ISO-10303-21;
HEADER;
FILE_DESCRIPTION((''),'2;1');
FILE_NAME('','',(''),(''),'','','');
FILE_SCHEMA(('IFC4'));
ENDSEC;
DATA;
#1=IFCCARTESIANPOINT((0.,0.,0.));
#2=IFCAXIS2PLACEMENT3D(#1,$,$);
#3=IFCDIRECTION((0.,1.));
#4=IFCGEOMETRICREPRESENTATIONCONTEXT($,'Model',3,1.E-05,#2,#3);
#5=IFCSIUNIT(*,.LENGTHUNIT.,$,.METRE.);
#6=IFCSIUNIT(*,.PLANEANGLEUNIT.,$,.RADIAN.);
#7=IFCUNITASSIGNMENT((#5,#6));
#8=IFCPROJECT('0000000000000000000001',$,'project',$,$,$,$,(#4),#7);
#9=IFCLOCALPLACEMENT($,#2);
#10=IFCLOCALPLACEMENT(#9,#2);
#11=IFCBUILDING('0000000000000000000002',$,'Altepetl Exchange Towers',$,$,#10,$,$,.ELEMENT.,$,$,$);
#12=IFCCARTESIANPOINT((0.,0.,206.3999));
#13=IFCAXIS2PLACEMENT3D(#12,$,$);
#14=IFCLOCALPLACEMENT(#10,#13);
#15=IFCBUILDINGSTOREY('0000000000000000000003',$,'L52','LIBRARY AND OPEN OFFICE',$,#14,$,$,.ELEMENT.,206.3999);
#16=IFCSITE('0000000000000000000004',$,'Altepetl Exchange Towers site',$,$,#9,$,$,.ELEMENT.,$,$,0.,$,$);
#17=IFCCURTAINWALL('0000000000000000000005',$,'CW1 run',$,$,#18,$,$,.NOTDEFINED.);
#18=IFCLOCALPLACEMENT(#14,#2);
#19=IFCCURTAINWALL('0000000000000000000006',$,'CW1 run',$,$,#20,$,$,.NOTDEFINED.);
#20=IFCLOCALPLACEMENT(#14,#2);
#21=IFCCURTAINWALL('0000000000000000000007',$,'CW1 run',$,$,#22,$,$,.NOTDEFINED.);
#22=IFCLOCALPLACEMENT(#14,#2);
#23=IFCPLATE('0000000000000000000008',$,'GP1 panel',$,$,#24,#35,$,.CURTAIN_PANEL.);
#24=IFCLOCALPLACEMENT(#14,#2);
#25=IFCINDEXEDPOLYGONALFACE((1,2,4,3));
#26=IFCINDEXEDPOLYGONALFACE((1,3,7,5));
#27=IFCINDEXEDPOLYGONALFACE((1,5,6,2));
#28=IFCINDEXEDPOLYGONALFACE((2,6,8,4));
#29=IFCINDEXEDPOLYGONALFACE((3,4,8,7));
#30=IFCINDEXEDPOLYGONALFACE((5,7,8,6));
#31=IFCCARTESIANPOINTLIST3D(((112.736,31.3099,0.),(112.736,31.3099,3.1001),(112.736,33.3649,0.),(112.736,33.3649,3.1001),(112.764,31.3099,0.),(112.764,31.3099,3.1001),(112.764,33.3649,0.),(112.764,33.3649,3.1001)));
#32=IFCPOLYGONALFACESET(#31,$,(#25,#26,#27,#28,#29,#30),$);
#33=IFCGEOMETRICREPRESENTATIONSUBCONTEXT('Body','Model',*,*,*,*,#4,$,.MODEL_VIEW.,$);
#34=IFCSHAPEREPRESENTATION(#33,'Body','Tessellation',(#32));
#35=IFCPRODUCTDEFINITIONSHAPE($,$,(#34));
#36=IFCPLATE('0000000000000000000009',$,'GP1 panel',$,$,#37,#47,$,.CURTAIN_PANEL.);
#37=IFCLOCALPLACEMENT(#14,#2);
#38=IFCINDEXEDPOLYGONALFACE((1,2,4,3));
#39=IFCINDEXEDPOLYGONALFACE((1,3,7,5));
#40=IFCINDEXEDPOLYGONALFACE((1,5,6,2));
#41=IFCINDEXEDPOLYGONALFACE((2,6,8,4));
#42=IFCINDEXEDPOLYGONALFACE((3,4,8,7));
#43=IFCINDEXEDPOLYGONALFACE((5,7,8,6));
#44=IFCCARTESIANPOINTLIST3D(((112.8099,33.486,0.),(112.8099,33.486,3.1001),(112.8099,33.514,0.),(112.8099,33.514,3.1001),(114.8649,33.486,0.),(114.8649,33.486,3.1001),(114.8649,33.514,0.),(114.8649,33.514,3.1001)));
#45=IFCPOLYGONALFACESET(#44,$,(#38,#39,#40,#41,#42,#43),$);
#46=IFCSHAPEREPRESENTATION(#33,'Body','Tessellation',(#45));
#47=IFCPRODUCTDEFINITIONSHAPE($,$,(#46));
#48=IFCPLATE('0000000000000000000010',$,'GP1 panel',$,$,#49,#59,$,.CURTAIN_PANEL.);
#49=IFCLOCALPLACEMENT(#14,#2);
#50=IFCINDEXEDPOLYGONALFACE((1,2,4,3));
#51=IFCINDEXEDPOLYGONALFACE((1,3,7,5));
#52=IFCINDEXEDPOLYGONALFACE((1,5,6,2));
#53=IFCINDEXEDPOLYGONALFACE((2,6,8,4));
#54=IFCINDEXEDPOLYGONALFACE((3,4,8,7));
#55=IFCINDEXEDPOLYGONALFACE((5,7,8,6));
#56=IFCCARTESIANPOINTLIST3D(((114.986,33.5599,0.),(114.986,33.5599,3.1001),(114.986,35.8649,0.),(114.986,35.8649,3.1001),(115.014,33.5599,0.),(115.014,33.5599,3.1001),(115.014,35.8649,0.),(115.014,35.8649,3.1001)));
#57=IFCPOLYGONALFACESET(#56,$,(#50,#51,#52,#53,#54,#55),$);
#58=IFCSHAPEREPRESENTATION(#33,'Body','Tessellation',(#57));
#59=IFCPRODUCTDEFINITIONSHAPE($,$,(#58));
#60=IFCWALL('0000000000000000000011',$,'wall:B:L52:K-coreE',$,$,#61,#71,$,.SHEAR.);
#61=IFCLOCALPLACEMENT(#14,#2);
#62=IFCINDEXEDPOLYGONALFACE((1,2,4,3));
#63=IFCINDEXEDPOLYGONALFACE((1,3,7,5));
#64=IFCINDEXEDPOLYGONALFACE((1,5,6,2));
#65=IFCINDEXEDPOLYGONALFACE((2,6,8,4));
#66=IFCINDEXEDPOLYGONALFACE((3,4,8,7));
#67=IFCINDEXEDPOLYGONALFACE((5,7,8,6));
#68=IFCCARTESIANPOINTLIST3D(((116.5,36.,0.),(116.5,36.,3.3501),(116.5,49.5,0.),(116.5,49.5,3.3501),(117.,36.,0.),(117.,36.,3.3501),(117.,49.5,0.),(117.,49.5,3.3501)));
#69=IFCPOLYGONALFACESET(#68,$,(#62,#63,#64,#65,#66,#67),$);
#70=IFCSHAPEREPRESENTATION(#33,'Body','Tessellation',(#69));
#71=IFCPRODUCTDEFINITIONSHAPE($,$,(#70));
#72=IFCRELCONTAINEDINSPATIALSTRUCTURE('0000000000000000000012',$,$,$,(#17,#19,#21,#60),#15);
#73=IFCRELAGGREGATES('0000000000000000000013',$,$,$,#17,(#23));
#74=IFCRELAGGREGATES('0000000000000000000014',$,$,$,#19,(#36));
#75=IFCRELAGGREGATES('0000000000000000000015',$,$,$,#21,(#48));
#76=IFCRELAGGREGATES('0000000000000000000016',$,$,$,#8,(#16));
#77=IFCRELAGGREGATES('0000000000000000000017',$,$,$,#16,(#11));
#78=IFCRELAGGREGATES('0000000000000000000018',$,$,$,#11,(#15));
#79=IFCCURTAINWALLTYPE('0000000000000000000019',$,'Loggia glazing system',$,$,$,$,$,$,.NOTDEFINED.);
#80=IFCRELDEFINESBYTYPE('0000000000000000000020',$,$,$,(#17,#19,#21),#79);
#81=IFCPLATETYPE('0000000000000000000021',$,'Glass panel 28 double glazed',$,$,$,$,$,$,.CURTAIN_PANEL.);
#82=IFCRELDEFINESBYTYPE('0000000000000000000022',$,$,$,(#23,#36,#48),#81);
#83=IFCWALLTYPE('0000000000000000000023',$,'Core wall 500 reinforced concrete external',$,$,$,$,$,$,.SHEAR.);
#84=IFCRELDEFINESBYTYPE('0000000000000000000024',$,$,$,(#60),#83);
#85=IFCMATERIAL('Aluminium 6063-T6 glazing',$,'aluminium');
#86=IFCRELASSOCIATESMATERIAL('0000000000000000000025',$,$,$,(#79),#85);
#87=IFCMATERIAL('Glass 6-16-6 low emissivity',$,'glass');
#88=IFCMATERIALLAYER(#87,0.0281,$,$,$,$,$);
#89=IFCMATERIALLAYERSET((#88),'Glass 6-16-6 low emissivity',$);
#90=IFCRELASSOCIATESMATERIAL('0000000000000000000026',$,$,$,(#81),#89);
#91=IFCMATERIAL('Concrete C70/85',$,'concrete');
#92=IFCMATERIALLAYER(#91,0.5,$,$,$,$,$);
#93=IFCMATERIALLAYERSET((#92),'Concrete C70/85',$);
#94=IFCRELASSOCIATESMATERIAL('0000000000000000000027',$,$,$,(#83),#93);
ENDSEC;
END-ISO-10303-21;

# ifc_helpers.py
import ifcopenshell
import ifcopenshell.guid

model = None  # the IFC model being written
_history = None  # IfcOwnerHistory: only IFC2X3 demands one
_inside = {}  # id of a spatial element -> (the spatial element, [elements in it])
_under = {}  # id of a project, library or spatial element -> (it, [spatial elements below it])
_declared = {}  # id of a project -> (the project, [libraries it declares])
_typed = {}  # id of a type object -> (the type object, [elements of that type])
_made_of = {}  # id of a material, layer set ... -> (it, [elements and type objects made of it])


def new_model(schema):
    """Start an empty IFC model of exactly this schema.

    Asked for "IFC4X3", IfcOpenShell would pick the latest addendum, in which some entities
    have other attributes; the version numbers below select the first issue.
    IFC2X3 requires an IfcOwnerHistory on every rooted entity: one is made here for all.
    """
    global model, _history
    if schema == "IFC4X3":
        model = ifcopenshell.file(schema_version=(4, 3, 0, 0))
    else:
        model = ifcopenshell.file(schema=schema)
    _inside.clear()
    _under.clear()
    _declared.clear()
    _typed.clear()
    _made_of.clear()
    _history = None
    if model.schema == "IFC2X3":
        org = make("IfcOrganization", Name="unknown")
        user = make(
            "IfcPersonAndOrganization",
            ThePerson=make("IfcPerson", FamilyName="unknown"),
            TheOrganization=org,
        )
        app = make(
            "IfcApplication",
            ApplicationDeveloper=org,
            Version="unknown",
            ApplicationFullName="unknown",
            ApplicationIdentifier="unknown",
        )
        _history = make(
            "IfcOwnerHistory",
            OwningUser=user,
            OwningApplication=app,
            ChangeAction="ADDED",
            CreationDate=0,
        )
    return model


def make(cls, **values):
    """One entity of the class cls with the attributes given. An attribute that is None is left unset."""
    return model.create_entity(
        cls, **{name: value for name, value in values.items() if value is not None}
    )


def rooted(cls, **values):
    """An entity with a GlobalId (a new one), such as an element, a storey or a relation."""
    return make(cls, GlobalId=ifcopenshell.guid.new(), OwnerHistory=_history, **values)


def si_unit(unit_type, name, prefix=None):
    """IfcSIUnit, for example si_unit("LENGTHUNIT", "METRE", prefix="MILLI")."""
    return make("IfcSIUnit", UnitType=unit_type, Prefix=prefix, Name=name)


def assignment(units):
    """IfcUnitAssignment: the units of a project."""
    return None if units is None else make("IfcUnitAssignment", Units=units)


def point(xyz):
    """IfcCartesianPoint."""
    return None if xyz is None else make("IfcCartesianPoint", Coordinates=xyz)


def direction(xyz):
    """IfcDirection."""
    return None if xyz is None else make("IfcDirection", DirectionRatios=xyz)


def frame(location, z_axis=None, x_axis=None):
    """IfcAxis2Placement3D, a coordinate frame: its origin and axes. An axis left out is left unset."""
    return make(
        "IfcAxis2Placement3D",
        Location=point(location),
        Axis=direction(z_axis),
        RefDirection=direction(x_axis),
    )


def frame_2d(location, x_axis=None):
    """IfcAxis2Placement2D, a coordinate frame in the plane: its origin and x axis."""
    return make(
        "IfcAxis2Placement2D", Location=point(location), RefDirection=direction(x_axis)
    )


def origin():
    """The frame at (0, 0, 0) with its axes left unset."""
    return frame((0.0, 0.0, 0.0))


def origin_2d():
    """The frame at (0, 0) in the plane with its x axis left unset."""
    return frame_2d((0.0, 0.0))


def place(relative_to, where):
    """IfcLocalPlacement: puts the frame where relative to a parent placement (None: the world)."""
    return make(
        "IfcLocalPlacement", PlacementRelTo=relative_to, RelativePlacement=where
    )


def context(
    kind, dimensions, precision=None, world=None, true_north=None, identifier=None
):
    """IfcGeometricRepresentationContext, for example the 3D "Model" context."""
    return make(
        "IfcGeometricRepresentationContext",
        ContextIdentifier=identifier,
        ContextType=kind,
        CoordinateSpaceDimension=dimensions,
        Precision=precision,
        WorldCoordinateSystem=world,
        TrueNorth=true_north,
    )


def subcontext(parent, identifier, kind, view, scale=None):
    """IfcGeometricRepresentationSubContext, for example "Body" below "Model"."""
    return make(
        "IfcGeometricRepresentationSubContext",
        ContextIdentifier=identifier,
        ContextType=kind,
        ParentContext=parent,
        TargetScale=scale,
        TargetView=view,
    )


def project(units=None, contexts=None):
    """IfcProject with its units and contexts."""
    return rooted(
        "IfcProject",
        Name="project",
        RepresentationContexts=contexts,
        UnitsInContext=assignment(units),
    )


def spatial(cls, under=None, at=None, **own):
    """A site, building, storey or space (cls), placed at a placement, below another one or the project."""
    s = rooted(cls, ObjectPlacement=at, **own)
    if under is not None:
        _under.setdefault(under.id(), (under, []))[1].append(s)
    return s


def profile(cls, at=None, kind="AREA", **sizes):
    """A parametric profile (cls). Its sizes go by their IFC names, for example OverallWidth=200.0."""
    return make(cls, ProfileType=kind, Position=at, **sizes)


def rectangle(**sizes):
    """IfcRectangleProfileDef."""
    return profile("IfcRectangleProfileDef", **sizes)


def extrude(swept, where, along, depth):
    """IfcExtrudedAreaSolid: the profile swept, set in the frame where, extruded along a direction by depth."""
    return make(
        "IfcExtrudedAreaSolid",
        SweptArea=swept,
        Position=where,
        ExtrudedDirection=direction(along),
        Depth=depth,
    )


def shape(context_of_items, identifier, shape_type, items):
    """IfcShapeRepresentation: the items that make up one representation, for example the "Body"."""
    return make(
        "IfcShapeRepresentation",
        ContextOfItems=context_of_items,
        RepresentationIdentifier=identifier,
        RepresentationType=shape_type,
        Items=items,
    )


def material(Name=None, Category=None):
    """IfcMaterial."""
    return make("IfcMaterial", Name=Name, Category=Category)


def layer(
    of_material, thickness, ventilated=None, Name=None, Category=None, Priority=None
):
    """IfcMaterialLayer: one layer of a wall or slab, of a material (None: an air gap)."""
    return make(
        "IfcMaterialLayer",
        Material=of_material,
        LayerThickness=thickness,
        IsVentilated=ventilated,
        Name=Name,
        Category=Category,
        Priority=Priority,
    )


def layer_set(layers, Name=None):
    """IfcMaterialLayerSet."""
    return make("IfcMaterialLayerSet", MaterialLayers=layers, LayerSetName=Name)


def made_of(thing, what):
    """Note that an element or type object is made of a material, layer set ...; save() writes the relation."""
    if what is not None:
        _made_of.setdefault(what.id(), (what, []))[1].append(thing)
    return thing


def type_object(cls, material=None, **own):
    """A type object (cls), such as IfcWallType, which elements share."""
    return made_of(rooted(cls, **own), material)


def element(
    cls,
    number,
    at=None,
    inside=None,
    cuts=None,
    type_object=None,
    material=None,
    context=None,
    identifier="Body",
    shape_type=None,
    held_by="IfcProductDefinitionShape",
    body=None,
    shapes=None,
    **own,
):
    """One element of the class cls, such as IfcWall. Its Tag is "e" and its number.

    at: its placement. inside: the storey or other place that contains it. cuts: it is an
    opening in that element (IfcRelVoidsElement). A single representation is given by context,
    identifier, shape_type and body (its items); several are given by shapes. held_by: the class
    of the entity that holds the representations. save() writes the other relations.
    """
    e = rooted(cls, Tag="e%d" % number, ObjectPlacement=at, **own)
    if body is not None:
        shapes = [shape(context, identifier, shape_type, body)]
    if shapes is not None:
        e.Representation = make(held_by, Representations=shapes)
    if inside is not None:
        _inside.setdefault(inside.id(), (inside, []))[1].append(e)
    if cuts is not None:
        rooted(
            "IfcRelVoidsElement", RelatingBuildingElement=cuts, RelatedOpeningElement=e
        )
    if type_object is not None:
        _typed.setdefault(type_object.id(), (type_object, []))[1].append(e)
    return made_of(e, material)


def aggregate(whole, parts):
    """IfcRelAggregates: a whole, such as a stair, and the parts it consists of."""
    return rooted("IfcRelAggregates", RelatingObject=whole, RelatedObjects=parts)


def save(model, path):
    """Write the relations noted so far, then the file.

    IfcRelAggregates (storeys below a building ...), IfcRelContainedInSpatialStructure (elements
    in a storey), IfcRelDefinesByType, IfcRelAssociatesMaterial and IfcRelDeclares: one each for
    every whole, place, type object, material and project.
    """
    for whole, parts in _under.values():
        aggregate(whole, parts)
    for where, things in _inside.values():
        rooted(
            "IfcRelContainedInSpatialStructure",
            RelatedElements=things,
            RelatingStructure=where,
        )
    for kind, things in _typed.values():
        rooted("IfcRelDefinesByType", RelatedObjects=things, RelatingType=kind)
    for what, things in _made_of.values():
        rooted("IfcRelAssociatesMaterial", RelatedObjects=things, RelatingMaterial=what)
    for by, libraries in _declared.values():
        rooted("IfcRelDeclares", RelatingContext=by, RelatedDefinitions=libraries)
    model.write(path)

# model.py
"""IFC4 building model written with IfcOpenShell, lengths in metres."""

from ifc_helpers import new_model, si_unit, direction, frame, frame_2d, origin, origin_2d, place, context, subcontext, project, spatial, rectangle, extrude, material, layer, layer_set, type_object, element, aggregate, save


model = new_model("IFC4")

# Units and contexts
model_context = context("Model", 3, precision=1e-05, world=origin(), true_north=direction((0.0, 1.0)))
body_context = subcontext(model_context, "Body", "Model", "MODEL_VIEW")
ifc_project = project(units=[si_unit("LENGTHUNIT", "METRE"), si_unit("PLANEANGLEUNIT", "RADIAN")], contexts=[model_context])

# Site, building, storey
site_placement = place(None, origin())
site = spatial("IfcSite", under=ifc_project, at=site_placement, Name="Altepetl Exchange Towers site", CompositionType="ELEMENT", RefElevation=0.0)
building_placement = place(site_placement, origin())
building = spatial("IfcBuilding", under=site, at=building_placement, Name="Altepetl Exchange Towers", CompositionType="ELEMENT")
storey_placement = place(building_placement, frame((0.0, 0.0, 206.3999)))
storey = spatial("IfcBuildingStorey", under=building, at=storey_placement, Name="L52", Description="LIBRARY AND OPEN OFFICE", CompositionType="ELEMENT", Elevation=206.3999)

# Shared definitions
ifc_material_1 = material(Name="Aluminium 6063-T6 glazing", Category="aluminium")
curtain_wall_type = type_object("IfcCurtainWallType", Name="Loggia glazing system", PredefinedType="NOTDEFINED", material=ifc_material_1)

# Curtain walls
curtain_wall_1_placement = place(storey_placement, origin())
curtain_wall_1 = element("IfcCurtainWall", 1, at=curtain_wall_1_placement, inside=storey, type_object=curtain_wall_type, Name="CW1 run", PredefinedType="NOTDEFINED")
curtain_wall_2_placement = place(storey_placement, origin())
curtain_wall_2 = element("IfcCurtainWall", 2, at=curtain_wall_2_placement, inside=storey, type_object=curtain_wall_type, Name="CW1 run", PredefinedType="NOTDEFINED")
curtain_wall_3_placement = place(storey_placement, origin())
curtain_wall_3 = element("IfcCurtainWall", 3, at=curtain_wall_3_placement, inside=storey, type_object=curtain_wall_type, Name="CW1 run", PredefinedType="NOTDEFINED")

# Plates
ifc_material_2 = material(Name="Glass 6-16-6 low emissivity", Category="glass")
ifc_layer_1 = layer(ifc_material_2, 0.0281)
ifc_layer_set_1 = layer_set([ifc_layer_1], Name="Glass 6-16-6 low emissivity")
plate_type = type_object("IfcPlateType", Name="Glass panel 28 double glazed", PredefinedType="CURTAIN_PANEL", material=ifc_layer_set_1)
plate_1_placement = place(storey_placement, frame((112.75, 32.3374, 0.0), z_axis=(0.0, 0.0, 1.0), x_axis=(0.0, 1.0, 0.0)))
plate_1 = element("IfcPlate", 4, at=plate_1_placement, type_object=plate_type, Name="GP1 panel", PredefinedType="CURTAIN_PANEL", context=body_context, shape_type="SweptSolid", body=[
    extrude(rectangle(XDim=2.0549, YDim=0.0281, at=origin_2d()), origin(), (0.0, 0.0, 1.0), 3.1001),
])
aggregate(curtain_wall_1, [plate_1])
plate_2_placement = place(storey_placement, frame((113.8374, 33.5, 0.0)))
plate_2 = element("IfcPlate", 5, at=plate_2_placement, type_object=plate_type, Name="GP1 panel", PredefinedType="CURTAIN_PANEL", context=body_context, shape_type="SweptSolid", body=[
    extrude(rectangle(XDim=2.0549, YDim=0.0281, at=origin_2d()), origin(), (0.0, 0.0, 1.0), 3.1001),
])
aggregate(curtain_wall_2, [plate_2])
plate_3_placement = place(storey_placement, frame((115.0, 34.7124, 0.0), z_axis=(0.0, 0.0, 1.0), x_axis=(0.0, 1.0, 0.0)))
plate_3 = element("IfcPlate", 6, at=plate_3_placement, type_object=plate_type, Name="GP1 panel", PredefinedType="CURTAIN_PANEL", context=body_context, shape_type="SweptSolid", body=[
    extrude(rectangle(XDim=2.3049, YDim=0.0281, at=origin_2d()), origin(), (0.0, 0.0, 1.0), 3.1001),
])
aggregate(curtain_wall_3, [plate_3])

# Wall
ifc_material_3 = material(Name="Concrete C70/85", Category="concrete")
ifc_layer_2 = layer(ifc_material_3, 0.5)
ifc_layer_set_2 = layer_set([ifc_layer_2], Name="Concrete C70/85")
wall_type = type_object("IfcWallType", Name="Core wall 500 reinforced concrete external", PredefinedType="SHEAR", material=ifc_layer_set_2)
wall_placement = place(storey_placement, frame((116.75, 36.0, 0.0), z_axis=(0.0, 0.0, 1.0), x_axis=(0.0, 1.0, 0.0)))
element("IfcWall", 7, at=wall_placement, inside=storey, type_object=wall_type, Name="wall:B:L52:K-coreE", PredefinedType="SHEAR", context=body_context, shape_type="SweptSolid", body=[
    extrude(rectangle(XDim=13.5, YDim=0.5, at=frame_2d((6.75, 0.0))), origin(), (0.0, 0.0, 1.0), 3.3501),
])

save(model, "model.ifc")
